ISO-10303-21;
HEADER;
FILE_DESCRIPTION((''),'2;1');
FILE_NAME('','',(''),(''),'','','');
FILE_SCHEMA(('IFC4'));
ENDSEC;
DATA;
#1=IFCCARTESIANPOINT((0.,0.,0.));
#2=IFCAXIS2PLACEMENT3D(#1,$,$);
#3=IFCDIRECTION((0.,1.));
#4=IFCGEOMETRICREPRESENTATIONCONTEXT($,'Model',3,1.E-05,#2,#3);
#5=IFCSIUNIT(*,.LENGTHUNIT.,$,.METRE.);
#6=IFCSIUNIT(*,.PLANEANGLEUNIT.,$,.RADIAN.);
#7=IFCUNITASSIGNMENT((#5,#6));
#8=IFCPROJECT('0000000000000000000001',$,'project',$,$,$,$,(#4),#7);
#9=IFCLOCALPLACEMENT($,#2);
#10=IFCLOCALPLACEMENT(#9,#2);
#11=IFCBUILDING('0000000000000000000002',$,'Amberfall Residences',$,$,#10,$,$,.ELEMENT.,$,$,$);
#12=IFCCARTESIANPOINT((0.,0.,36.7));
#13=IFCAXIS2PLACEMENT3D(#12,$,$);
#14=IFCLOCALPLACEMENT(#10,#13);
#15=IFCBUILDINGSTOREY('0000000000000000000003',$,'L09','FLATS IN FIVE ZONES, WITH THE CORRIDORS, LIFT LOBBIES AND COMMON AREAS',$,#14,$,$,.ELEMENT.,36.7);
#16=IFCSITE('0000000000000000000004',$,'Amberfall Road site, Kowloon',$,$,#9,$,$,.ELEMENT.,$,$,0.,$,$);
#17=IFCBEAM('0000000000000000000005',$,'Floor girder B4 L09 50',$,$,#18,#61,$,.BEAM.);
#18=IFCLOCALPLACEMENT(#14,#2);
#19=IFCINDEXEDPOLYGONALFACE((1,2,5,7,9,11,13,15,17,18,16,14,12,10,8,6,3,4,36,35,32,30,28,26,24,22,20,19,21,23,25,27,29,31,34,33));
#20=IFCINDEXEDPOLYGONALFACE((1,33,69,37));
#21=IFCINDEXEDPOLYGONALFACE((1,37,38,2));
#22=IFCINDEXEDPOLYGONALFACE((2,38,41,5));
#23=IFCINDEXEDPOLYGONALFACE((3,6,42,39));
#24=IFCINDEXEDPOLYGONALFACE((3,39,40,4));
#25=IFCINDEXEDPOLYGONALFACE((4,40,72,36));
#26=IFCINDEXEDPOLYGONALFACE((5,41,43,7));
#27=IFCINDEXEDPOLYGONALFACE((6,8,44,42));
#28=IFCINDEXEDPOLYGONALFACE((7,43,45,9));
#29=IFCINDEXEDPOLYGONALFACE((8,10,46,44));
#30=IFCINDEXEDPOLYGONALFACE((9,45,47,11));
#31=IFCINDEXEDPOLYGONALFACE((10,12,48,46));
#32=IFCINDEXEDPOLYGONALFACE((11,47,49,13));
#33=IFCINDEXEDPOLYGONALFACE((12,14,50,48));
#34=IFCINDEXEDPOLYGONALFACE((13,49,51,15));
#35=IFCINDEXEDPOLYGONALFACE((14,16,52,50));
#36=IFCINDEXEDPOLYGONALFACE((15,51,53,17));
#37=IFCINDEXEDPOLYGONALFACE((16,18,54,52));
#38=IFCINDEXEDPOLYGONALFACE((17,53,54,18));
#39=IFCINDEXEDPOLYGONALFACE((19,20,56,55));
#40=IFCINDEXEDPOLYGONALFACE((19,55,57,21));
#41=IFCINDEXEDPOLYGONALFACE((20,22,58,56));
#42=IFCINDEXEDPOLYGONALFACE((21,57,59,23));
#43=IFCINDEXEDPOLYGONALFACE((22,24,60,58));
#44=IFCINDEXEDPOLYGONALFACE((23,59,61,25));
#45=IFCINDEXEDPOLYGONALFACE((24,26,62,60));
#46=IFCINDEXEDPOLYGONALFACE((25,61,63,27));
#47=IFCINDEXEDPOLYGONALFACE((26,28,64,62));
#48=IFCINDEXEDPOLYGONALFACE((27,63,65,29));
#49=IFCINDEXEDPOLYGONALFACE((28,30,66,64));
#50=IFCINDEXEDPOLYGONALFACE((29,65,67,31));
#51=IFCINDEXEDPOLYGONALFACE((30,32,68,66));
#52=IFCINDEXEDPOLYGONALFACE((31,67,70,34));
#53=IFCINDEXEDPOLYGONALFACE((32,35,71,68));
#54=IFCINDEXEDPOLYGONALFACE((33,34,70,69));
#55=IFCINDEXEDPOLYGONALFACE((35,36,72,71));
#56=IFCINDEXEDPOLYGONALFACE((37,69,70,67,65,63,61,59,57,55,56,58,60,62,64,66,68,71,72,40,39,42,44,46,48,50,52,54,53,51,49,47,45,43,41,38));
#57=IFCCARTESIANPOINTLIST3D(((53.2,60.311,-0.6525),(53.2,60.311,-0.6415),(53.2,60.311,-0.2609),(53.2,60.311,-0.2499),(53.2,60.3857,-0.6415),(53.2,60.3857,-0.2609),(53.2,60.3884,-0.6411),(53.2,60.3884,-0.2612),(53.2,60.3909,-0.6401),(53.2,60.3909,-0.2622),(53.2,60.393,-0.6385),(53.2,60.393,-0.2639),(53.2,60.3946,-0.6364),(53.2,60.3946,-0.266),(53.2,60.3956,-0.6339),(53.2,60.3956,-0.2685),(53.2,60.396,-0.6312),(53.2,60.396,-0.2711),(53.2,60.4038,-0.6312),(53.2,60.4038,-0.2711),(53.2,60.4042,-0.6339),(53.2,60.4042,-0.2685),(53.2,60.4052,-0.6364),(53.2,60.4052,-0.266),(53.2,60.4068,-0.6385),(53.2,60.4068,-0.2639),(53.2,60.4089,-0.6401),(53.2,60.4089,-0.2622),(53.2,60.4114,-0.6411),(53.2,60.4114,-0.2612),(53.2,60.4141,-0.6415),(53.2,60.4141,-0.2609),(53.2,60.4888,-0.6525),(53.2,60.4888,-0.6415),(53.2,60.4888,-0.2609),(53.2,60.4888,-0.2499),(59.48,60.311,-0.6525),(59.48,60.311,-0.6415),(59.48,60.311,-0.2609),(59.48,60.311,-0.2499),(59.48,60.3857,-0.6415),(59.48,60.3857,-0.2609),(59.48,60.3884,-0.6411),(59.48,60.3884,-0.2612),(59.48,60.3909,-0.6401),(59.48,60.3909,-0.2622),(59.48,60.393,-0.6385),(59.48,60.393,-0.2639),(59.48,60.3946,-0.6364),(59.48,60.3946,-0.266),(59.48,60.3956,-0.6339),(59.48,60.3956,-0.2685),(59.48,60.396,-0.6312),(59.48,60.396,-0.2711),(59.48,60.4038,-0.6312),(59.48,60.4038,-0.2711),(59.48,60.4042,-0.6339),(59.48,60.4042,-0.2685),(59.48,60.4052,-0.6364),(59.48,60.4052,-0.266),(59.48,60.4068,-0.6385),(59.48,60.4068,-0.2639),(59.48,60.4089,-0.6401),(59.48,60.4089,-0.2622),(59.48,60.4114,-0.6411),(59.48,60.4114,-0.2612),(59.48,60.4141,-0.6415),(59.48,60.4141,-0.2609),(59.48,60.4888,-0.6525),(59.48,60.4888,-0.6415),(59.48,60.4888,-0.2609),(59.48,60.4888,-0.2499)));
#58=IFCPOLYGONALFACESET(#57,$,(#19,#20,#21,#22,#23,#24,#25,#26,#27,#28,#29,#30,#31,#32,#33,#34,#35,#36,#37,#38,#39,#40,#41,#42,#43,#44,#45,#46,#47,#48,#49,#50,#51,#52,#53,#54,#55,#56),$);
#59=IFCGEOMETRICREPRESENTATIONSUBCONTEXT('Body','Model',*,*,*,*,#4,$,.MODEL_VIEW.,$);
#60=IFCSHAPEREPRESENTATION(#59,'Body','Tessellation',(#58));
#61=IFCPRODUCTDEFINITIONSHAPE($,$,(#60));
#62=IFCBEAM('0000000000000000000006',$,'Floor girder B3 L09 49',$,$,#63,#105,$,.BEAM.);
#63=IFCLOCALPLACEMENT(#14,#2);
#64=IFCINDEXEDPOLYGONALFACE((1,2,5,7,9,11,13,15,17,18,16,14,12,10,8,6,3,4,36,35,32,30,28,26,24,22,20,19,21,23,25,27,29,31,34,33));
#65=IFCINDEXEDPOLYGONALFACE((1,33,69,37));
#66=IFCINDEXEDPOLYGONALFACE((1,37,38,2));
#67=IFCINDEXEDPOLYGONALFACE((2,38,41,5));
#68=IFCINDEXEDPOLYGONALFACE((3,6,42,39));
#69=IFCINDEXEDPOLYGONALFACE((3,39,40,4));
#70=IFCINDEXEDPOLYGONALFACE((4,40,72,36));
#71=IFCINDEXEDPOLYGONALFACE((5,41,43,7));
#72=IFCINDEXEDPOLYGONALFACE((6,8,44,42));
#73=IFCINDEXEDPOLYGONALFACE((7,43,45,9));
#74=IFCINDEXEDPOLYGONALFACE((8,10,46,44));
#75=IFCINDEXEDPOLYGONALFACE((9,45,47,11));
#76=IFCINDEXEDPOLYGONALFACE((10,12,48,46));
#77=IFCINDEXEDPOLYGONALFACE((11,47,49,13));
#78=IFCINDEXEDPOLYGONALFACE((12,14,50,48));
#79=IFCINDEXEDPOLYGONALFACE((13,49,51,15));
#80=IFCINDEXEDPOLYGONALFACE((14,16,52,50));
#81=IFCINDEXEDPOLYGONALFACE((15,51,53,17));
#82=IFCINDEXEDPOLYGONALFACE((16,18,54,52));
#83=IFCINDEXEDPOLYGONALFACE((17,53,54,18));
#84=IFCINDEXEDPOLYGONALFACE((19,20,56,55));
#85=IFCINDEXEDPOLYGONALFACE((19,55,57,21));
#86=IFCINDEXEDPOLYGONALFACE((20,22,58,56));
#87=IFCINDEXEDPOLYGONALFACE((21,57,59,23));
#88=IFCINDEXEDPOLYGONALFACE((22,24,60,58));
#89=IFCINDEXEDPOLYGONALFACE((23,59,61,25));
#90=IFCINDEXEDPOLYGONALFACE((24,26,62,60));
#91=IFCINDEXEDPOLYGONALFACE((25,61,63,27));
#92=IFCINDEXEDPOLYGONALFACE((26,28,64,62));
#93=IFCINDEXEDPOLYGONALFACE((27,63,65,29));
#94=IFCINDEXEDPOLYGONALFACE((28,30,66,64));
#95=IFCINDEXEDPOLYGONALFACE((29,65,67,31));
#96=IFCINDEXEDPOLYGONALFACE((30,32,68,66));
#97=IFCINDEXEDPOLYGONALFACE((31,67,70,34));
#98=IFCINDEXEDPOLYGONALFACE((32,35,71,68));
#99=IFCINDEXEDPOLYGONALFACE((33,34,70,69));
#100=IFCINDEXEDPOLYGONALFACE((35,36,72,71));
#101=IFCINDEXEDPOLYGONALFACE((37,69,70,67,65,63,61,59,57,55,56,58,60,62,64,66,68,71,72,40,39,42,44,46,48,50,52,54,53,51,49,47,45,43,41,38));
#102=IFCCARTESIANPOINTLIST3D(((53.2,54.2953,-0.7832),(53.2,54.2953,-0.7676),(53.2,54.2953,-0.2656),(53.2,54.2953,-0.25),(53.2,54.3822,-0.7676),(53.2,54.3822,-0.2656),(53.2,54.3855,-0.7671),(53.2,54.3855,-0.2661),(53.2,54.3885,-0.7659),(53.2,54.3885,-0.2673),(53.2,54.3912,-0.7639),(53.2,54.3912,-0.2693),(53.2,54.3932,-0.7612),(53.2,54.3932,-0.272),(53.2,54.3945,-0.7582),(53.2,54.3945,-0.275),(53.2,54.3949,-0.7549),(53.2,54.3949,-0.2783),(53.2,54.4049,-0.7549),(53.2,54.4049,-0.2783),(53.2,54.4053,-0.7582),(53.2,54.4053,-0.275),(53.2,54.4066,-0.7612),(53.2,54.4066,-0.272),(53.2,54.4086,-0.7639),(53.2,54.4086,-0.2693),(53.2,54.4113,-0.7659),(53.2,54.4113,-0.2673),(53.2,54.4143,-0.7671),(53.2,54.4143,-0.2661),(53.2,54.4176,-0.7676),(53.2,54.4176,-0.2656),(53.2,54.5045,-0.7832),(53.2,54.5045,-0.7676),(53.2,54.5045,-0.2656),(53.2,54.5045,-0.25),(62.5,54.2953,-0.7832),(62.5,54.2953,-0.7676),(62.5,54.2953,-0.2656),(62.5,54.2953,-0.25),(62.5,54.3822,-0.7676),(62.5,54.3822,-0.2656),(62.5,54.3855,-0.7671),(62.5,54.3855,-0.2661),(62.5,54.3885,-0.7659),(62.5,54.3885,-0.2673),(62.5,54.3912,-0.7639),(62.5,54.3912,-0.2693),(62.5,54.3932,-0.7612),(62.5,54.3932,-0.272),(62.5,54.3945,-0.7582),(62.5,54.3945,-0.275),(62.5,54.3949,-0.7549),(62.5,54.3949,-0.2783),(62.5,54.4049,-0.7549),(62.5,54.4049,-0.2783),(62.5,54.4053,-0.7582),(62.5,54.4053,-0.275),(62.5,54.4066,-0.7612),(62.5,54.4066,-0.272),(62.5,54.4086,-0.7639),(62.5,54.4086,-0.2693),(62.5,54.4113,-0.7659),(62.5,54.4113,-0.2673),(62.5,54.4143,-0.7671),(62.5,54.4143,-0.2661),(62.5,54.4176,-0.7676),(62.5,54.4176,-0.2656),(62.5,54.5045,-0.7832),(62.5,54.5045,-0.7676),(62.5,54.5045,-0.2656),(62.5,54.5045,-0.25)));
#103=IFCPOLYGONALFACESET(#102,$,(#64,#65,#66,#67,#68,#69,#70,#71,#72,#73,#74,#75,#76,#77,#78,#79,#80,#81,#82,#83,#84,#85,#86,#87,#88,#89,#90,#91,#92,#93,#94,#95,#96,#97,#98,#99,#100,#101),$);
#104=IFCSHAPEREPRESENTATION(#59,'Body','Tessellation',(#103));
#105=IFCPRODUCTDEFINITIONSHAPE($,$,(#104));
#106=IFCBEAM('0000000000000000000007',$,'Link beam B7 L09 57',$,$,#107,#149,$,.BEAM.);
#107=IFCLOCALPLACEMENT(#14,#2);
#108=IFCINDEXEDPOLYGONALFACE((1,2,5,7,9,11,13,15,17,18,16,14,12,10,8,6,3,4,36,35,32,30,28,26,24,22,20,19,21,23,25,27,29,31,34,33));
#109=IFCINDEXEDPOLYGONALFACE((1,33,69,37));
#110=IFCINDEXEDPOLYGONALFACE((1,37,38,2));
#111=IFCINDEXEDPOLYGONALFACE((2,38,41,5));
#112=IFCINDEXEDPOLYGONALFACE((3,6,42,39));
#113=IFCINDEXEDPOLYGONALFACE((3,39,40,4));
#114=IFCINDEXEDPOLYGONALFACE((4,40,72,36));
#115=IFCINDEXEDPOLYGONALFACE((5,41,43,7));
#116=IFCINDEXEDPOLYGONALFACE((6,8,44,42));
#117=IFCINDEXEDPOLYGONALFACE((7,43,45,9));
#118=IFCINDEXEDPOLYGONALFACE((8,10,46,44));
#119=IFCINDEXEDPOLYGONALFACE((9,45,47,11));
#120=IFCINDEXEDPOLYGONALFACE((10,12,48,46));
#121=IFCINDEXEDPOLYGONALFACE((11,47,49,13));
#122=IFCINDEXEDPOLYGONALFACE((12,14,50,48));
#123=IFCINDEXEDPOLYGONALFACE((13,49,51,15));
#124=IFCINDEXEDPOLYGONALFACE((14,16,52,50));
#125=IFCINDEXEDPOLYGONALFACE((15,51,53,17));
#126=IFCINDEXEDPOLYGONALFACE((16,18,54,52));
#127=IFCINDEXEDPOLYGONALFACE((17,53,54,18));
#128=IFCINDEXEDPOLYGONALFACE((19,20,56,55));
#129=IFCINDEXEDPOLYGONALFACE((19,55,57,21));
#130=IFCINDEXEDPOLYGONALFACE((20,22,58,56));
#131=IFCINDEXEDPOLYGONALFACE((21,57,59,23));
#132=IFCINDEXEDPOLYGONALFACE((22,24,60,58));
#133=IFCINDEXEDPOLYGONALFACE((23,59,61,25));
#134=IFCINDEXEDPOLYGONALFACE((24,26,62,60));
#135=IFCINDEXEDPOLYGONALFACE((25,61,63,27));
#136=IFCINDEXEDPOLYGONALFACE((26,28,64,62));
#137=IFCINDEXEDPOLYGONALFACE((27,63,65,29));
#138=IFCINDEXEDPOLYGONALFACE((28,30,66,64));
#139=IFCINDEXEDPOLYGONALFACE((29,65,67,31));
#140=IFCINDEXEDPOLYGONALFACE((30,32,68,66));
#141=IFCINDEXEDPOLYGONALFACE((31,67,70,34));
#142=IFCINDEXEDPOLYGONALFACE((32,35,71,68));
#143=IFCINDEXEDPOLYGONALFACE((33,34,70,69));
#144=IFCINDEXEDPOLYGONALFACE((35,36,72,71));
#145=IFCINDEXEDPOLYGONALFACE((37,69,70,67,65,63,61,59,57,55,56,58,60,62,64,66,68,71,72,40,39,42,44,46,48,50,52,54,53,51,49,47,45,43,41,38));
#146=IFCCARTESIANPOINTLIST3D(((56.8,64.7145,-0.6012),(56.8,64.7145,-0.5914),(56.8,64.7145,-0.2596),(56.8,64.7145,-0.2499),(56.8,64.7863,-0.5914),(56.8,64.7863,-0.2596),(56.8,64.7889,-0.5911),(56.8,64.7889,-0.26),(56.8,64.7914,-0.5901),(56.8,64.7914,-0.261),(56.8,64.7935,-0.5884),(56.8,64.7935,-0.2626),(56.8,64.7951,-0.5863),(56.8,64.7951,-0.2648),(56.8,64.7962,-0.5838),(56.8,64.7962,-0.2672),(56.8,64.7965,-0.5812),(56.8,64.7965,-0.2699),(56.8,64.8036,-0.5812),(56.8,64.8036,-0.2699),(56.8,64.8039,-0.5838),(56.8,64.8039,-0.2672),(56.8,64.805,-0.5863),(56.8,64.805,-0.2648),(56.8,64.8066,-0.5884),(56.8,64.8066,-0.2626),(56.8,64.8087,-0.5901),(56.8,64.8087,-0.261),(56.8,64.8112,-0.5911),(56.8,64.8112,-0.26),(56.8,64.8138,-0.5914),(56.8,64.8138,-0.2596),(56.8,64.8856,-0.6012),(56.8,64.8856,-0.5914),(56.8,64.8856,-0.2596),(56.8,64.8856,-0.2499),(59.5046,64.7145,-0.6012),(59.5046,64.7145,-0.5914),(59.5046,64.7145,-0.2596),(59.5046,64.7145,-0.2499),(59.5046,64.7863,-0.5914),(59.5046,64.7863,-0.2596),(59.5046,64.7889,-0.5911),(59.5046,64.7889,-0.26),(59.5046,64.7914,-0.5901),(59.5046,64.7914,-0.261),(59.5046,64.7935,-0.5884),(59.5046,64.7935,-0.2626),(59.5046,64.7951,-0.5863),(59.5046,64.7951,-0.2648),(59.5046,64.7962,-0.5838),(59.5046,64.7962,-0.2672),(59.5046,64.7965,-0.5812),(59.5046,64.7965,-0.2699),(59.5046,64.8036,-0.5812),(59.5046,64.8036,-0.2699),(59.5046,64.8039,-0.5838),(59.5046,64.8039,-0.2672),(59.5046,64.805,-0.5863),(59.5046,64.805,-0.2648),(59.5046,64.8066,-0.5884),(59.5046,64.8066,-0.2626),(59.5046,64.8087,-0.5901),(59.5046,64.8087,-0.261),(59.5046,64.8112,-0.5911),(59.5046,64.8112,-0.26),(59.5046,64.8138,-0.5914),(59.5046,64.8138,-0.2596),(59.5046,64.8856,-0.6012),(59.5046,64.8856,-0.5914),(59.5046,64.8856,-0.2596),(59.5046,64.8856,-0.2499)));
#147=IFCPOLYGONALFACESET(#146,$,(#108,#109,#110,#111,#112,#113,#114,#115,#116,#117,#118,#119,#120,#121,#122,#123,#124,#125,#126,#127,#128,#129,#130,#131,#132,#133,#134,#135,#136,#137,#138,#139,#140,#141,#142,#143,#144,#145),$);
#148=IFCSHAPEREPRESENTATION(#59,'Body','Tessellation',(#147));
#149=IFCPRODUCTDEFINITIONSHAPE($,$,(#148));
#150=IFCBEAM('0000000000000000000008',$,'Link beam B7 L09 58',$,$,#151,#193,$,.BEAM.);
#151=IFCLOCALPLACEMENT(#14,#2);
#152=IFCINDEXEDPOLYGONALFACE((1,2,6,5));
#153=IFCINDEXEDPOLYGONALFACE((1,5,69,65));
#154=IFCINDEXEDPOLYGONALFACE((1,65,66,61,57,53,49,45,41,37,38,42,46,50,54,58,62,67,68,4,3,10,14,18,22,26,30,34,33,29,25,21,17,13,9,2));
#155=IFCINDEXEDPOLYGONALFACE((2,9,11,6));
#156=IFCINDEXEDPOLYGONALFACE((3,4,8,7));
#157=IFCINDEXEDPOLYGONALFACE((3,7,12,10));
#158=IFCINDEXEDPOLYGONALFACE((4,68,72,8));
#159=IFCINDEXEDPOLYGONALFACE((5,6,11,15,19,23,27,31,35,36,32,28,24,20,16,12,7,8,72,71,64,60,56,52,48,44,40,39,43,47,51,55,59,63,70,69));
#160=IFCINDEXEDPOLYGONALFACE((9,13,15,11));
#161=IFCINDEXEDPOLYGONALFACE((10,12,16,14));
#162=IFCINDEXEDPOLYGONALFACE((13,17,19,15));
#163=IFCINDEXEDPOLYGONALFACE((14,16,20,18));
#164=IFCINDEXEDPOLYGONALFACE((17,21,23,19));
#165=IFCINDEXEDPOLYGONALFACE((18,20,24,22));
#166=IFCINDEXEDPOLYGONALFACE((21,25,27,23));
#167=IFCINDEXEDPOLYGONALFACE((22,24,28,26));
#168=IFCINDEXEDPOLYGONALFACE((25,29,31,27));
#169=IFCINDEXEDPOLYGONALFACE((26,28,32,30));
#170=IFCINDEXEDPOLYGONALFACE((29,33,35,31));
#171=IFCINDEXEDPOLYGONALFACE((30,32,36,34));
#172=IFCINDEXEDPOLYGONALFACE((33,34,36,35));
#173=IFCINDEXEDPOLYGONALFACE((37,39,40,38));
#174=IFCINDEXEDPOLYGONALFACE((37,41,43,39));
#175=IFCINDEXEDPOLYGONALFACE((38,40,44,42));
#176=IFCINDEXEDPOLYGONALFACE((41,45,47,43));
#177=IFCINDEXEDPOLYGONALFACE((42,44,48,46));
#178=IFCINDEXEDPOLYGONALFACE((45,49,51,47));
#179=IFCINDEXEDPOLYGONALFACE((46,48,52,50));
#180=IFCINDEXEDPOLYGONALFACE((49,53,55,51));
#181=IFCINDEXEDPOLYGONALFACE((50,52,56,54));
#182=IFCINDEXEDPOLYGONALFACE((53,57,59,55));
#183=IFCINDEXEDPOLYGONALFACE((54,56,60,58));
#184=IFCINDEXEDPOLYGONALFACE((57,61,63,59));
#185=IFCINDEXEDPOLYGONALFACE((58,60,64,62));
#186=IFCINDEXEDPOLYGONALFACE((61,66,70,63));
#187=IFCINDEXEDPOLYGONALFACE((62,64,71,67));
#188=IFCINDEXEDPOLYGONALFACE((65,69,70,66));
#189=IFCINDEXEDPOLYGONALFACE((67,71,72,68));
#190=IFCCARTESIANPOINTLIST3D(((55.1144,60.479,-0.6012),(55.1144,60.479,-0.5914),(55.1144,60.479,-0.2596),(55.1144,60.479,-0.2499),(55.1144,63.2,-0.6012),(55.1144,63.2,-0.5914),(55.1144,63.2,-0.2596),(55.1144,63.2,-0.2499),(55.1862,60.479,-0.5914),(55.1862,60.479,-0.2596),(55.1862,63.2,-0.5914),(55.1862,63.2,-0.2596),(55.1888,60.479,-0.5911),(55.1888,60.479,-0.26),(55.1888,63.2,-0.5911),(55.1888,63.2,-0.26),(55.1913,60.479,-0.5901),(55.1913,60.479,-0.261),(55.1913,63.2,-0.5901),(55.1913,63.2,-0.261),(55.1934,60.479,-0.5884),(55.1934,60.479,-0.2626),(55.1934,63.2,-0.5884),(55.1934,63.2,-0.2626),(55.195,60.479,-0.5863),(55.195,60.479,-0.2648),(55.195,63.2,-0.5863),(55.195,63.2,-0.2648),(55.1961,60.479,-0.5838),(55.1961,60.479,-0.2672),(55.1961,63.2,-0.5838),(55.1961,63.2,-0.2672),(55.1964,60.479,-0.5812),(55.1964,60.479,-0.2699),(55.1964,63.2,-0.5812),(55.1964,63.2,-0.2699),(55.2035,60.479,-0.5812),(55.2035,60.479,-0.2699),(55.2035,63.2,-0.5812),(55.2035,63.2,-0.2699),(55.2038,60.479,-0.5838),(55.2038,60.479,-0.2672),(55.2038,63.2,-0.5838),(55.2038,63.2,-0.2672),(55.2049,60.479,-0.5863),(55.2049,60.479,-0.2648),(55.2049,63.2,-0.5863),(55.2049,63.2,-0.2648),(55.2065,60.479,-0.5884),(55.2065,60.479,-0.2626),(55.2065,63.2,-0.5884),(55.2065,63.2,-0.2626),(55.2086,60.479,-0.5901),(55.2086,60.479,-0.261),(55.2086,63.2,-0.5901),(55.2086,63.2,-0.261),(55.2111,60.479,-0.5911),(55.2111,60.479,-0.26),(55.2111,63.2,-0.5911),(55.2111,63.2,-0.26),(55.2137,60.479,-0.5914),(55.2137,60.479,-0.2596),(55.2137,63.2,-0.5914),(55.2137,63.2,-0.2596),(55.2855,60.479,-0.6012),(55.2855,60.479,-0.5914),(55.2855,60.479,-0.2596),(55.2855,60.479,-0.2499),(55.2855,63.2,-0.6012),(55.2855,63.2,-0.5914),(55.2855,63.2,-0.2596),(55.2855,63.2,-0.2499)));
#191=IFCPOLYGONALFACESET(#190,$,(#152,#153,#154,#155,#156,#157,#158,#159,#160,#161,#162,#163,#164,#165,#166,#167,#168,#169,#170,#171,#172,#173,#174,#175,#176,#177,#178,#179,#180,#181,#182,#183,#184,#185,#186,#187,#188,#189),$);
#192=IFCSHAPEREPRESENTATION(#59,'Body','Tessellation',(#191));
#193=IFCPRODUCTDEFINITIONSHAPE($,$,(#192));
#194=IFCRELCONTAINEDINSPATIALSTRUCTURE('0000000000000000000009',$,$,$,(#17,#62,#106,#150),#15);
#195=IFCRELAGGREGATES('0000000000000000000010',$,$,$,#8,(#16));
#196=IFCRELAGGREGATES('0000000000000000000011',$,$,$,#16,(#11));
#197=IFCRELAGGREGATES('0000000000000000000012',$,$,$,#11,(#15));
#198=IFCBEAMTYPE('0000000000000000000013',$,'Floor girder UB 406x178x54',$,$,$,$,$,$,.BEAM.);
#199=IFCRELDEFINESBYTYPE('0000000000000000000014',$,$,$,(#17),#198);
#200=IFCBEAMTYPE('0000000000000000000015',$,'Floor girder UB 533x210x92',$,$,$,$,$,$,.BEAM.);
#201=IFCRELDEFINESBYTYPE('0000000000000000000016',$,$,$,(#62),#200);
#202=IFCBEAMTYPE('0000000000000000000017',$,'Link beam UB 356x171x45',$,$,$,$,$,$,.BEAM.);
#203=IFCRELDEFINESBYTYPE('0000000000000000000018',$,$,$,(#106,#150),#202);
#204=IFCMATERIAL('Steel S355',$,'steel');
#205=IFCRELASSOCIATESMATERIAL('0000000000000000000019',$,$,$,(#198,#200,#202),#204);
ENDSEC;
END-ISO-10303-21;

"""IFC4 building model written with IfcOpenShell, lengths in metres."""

from ifc_helpers import new_model, si_unit, direction, frame, origin, origin_2d, place, context, subcontext, project, spatial, i_section, extrude, material, material_profile, profile_set, type_object, element, save


model = new_model("IFC4")

# Units and contexts
model_context = context("Model", 3, precision=1e-05, world=origin(), true_north=direction((0.0, 1.0)))
body_context = subcontext(model_context, "Body", "Model", "MODEL_VIEW")
ifc_project = project(units=[si_unit("LENGTHUNIT", "METRE"), si_unit("PLANEANGLEUNIT", "RADIAN")], contexts=[model_context])

# Site, building, storey
site_placement = place(None, origin())
site = spatial("IfcSite", under=ifc_project, at=site_placement, Name="Amberfall Road site, Kowloon", CompositionType="ELEMENT", RefElevation=0.0)
building_placement = place(site_placement, origin())
building = spatial("IfcBuilding", under=site, at=building_placement, Name="Amberfall Residences", CompositionType="ELEMENT")
storey_placement = place(building_placement, frame((0.0, 0.0, 36.7)))
storey = spatial("IfcBuildingStorey", under=building, at=storey_placement, Name="L09", Description="FLATS IN FIVE ZONES, WITH THE CORRIDORS, LIFT LOBBIES AND COMMON AREAS", CompositionType="ELEMENT", Elevation=36.7)

# Shared definitions
ifc_material_1 = material(Name="Steel S355", Category="steel")

# Beams
ifc_material_profile_1 = material_profile(ifc_material_1, i_section(OverallWidth=0.1777, OverallDepth=0.4026, WebThickness=0.0078, FlangeThickness=0.011, FilletRadius=0.0103, at=origin_2d()), Name="UB 406x178x54")
ifc_profile_set_1 = profile_set([ifc_material_profile_1], Name="Steel S355")
beam_type_1 = type_object("IfcBeamType", Name="Floor girder UB 406x178x54", PredefinedType="BEAM", material=ifc_profile_set_1)
beam_1_placement = place(storey_placement, frame((53.2, 60.3999, -0.4512), z_axis=(1.0, 0.0, 0.0), x_axis=(0.0, 1.0, 0.0)))
element("IfcBeam", 1, at=beam_1_placement, inside=storey, type_object=beam_type_1, Name="Floor girder B4 L09 50", PredefinedType="BEAM", context=body_context, shape_type="SweptSolid", body=[
    extrude(i_section(OverallWidth=0.1777, OverallDepth=0.4026, WebThickness=0.0078, FlangeThickness=0.011, FilletRadius=0.0103, at=origin_2d()), origin(), (0.0, 0.0, 1.0), 6.28),
])
ifc_material_profile_2 = material_profile(ifc_material_1, i_section(OverallWidth=0.2092, OverallDepth=0.5332, WebThickness=0.01, FlangeThickness=0.0156, FilletRadius=0.0127, at=origin_2d()), Name="UB 533x210x92")
ifc_profile_set_2 = profile_set([ifc_material_profile_2], Name="Steel S355")
beam_type_2 = type_object("IfcBeamType", Name="Floor girder UB 533x210x92", PredefinedType="BEAM", material=ifc_profile_set_2)
beam_2_placement = place(storey_placement, frame((53.2, 54.3999, -0.5166), z_axis=(1.0, 0.0, 0.0), x_axis=(0.0, 1.0, 0.0)))
element("IfcBeam", 2, at=beam_2_placement, inside=storey, type_object=beam_type_2, Name="Floor girder B3 L09 49", PredefinedType="BEAM", context=body_context, shape_type="SweptSolid", body=[
    extrude(i_section(OverallWidth=0.2092, OverallDepth=0.5332, WebThickness=0.01, FlangeThickness=0.0156, FilletRadius=0.0127, at=origin_2d()), origin(), (0.0, 0.0, 1.0), 9.3),
])
ifc_material_profile_3 = material_profile(ifc_material_1, i_section(OverallWidth=0.1711, OverallDepth=0.3513, WebThickness=0.0071, FlangeThickness=0.0098, FilletRadius=0.0103, at=origin_2d()), Name="UB 356x171x45")
ifc_profile_set_3 = profile_set([ifc_material_profile_3], Name="Steel S355")
beam_type_3 = type_object("IfcBeamType", Name="Link beam UB 356x171x45", PredefinedType="BEAM", material=ifc_profile_set_3)
beam_3_placement = place(storey_placement, frame((56.8, 64.8, -0.4255), z_axis=(1.0, 0.0, 0.0), x_axis=(0.0, 1.0, 0.0)))
element("IfcBeam", 3, at=beam_3_placement, inside=storey, type_object=beam_type_3, Name="Link beam B7 L09 57", PredefinedType="BEAM", context=body_context, shape_type="SweptSolid", body=[
    extrude(i_section(OverallWidth=0.1711, OverallDepth=0.3513, WebThickness=0.0071, FlangeThickness=0.0098, FilletRadius=0.0103, at=origin_2d()), origin(), (0.0, 0.0, 1.0), 2.7046),
])
beam_4_placement = place(storey_placement, frame((55.2, 63.2, -0.4255), z_axis=(0.0, -1.0, 0.0), x_axis=(1.0, 0.0, 0.0)))
element("IfcBeam", 4, at=beam_4_placement, inside=storey, type_object=beam_type_3, Name="Link beam B7 L09 58", PredefinedType="BEAM", context=body_context, shape_type="SweptSolid", body=[
    extrude(i_section(OverallWidth=0.1711, OverallDepth=0.3513, WebThickness=0.0071, FlangeThickness=0.0098, FilletRadius=0.0103, at=origin_2d()), origin(), (0.0, 0.0, 1.0), 2.7209),
])

save(model, "model.ifc")
